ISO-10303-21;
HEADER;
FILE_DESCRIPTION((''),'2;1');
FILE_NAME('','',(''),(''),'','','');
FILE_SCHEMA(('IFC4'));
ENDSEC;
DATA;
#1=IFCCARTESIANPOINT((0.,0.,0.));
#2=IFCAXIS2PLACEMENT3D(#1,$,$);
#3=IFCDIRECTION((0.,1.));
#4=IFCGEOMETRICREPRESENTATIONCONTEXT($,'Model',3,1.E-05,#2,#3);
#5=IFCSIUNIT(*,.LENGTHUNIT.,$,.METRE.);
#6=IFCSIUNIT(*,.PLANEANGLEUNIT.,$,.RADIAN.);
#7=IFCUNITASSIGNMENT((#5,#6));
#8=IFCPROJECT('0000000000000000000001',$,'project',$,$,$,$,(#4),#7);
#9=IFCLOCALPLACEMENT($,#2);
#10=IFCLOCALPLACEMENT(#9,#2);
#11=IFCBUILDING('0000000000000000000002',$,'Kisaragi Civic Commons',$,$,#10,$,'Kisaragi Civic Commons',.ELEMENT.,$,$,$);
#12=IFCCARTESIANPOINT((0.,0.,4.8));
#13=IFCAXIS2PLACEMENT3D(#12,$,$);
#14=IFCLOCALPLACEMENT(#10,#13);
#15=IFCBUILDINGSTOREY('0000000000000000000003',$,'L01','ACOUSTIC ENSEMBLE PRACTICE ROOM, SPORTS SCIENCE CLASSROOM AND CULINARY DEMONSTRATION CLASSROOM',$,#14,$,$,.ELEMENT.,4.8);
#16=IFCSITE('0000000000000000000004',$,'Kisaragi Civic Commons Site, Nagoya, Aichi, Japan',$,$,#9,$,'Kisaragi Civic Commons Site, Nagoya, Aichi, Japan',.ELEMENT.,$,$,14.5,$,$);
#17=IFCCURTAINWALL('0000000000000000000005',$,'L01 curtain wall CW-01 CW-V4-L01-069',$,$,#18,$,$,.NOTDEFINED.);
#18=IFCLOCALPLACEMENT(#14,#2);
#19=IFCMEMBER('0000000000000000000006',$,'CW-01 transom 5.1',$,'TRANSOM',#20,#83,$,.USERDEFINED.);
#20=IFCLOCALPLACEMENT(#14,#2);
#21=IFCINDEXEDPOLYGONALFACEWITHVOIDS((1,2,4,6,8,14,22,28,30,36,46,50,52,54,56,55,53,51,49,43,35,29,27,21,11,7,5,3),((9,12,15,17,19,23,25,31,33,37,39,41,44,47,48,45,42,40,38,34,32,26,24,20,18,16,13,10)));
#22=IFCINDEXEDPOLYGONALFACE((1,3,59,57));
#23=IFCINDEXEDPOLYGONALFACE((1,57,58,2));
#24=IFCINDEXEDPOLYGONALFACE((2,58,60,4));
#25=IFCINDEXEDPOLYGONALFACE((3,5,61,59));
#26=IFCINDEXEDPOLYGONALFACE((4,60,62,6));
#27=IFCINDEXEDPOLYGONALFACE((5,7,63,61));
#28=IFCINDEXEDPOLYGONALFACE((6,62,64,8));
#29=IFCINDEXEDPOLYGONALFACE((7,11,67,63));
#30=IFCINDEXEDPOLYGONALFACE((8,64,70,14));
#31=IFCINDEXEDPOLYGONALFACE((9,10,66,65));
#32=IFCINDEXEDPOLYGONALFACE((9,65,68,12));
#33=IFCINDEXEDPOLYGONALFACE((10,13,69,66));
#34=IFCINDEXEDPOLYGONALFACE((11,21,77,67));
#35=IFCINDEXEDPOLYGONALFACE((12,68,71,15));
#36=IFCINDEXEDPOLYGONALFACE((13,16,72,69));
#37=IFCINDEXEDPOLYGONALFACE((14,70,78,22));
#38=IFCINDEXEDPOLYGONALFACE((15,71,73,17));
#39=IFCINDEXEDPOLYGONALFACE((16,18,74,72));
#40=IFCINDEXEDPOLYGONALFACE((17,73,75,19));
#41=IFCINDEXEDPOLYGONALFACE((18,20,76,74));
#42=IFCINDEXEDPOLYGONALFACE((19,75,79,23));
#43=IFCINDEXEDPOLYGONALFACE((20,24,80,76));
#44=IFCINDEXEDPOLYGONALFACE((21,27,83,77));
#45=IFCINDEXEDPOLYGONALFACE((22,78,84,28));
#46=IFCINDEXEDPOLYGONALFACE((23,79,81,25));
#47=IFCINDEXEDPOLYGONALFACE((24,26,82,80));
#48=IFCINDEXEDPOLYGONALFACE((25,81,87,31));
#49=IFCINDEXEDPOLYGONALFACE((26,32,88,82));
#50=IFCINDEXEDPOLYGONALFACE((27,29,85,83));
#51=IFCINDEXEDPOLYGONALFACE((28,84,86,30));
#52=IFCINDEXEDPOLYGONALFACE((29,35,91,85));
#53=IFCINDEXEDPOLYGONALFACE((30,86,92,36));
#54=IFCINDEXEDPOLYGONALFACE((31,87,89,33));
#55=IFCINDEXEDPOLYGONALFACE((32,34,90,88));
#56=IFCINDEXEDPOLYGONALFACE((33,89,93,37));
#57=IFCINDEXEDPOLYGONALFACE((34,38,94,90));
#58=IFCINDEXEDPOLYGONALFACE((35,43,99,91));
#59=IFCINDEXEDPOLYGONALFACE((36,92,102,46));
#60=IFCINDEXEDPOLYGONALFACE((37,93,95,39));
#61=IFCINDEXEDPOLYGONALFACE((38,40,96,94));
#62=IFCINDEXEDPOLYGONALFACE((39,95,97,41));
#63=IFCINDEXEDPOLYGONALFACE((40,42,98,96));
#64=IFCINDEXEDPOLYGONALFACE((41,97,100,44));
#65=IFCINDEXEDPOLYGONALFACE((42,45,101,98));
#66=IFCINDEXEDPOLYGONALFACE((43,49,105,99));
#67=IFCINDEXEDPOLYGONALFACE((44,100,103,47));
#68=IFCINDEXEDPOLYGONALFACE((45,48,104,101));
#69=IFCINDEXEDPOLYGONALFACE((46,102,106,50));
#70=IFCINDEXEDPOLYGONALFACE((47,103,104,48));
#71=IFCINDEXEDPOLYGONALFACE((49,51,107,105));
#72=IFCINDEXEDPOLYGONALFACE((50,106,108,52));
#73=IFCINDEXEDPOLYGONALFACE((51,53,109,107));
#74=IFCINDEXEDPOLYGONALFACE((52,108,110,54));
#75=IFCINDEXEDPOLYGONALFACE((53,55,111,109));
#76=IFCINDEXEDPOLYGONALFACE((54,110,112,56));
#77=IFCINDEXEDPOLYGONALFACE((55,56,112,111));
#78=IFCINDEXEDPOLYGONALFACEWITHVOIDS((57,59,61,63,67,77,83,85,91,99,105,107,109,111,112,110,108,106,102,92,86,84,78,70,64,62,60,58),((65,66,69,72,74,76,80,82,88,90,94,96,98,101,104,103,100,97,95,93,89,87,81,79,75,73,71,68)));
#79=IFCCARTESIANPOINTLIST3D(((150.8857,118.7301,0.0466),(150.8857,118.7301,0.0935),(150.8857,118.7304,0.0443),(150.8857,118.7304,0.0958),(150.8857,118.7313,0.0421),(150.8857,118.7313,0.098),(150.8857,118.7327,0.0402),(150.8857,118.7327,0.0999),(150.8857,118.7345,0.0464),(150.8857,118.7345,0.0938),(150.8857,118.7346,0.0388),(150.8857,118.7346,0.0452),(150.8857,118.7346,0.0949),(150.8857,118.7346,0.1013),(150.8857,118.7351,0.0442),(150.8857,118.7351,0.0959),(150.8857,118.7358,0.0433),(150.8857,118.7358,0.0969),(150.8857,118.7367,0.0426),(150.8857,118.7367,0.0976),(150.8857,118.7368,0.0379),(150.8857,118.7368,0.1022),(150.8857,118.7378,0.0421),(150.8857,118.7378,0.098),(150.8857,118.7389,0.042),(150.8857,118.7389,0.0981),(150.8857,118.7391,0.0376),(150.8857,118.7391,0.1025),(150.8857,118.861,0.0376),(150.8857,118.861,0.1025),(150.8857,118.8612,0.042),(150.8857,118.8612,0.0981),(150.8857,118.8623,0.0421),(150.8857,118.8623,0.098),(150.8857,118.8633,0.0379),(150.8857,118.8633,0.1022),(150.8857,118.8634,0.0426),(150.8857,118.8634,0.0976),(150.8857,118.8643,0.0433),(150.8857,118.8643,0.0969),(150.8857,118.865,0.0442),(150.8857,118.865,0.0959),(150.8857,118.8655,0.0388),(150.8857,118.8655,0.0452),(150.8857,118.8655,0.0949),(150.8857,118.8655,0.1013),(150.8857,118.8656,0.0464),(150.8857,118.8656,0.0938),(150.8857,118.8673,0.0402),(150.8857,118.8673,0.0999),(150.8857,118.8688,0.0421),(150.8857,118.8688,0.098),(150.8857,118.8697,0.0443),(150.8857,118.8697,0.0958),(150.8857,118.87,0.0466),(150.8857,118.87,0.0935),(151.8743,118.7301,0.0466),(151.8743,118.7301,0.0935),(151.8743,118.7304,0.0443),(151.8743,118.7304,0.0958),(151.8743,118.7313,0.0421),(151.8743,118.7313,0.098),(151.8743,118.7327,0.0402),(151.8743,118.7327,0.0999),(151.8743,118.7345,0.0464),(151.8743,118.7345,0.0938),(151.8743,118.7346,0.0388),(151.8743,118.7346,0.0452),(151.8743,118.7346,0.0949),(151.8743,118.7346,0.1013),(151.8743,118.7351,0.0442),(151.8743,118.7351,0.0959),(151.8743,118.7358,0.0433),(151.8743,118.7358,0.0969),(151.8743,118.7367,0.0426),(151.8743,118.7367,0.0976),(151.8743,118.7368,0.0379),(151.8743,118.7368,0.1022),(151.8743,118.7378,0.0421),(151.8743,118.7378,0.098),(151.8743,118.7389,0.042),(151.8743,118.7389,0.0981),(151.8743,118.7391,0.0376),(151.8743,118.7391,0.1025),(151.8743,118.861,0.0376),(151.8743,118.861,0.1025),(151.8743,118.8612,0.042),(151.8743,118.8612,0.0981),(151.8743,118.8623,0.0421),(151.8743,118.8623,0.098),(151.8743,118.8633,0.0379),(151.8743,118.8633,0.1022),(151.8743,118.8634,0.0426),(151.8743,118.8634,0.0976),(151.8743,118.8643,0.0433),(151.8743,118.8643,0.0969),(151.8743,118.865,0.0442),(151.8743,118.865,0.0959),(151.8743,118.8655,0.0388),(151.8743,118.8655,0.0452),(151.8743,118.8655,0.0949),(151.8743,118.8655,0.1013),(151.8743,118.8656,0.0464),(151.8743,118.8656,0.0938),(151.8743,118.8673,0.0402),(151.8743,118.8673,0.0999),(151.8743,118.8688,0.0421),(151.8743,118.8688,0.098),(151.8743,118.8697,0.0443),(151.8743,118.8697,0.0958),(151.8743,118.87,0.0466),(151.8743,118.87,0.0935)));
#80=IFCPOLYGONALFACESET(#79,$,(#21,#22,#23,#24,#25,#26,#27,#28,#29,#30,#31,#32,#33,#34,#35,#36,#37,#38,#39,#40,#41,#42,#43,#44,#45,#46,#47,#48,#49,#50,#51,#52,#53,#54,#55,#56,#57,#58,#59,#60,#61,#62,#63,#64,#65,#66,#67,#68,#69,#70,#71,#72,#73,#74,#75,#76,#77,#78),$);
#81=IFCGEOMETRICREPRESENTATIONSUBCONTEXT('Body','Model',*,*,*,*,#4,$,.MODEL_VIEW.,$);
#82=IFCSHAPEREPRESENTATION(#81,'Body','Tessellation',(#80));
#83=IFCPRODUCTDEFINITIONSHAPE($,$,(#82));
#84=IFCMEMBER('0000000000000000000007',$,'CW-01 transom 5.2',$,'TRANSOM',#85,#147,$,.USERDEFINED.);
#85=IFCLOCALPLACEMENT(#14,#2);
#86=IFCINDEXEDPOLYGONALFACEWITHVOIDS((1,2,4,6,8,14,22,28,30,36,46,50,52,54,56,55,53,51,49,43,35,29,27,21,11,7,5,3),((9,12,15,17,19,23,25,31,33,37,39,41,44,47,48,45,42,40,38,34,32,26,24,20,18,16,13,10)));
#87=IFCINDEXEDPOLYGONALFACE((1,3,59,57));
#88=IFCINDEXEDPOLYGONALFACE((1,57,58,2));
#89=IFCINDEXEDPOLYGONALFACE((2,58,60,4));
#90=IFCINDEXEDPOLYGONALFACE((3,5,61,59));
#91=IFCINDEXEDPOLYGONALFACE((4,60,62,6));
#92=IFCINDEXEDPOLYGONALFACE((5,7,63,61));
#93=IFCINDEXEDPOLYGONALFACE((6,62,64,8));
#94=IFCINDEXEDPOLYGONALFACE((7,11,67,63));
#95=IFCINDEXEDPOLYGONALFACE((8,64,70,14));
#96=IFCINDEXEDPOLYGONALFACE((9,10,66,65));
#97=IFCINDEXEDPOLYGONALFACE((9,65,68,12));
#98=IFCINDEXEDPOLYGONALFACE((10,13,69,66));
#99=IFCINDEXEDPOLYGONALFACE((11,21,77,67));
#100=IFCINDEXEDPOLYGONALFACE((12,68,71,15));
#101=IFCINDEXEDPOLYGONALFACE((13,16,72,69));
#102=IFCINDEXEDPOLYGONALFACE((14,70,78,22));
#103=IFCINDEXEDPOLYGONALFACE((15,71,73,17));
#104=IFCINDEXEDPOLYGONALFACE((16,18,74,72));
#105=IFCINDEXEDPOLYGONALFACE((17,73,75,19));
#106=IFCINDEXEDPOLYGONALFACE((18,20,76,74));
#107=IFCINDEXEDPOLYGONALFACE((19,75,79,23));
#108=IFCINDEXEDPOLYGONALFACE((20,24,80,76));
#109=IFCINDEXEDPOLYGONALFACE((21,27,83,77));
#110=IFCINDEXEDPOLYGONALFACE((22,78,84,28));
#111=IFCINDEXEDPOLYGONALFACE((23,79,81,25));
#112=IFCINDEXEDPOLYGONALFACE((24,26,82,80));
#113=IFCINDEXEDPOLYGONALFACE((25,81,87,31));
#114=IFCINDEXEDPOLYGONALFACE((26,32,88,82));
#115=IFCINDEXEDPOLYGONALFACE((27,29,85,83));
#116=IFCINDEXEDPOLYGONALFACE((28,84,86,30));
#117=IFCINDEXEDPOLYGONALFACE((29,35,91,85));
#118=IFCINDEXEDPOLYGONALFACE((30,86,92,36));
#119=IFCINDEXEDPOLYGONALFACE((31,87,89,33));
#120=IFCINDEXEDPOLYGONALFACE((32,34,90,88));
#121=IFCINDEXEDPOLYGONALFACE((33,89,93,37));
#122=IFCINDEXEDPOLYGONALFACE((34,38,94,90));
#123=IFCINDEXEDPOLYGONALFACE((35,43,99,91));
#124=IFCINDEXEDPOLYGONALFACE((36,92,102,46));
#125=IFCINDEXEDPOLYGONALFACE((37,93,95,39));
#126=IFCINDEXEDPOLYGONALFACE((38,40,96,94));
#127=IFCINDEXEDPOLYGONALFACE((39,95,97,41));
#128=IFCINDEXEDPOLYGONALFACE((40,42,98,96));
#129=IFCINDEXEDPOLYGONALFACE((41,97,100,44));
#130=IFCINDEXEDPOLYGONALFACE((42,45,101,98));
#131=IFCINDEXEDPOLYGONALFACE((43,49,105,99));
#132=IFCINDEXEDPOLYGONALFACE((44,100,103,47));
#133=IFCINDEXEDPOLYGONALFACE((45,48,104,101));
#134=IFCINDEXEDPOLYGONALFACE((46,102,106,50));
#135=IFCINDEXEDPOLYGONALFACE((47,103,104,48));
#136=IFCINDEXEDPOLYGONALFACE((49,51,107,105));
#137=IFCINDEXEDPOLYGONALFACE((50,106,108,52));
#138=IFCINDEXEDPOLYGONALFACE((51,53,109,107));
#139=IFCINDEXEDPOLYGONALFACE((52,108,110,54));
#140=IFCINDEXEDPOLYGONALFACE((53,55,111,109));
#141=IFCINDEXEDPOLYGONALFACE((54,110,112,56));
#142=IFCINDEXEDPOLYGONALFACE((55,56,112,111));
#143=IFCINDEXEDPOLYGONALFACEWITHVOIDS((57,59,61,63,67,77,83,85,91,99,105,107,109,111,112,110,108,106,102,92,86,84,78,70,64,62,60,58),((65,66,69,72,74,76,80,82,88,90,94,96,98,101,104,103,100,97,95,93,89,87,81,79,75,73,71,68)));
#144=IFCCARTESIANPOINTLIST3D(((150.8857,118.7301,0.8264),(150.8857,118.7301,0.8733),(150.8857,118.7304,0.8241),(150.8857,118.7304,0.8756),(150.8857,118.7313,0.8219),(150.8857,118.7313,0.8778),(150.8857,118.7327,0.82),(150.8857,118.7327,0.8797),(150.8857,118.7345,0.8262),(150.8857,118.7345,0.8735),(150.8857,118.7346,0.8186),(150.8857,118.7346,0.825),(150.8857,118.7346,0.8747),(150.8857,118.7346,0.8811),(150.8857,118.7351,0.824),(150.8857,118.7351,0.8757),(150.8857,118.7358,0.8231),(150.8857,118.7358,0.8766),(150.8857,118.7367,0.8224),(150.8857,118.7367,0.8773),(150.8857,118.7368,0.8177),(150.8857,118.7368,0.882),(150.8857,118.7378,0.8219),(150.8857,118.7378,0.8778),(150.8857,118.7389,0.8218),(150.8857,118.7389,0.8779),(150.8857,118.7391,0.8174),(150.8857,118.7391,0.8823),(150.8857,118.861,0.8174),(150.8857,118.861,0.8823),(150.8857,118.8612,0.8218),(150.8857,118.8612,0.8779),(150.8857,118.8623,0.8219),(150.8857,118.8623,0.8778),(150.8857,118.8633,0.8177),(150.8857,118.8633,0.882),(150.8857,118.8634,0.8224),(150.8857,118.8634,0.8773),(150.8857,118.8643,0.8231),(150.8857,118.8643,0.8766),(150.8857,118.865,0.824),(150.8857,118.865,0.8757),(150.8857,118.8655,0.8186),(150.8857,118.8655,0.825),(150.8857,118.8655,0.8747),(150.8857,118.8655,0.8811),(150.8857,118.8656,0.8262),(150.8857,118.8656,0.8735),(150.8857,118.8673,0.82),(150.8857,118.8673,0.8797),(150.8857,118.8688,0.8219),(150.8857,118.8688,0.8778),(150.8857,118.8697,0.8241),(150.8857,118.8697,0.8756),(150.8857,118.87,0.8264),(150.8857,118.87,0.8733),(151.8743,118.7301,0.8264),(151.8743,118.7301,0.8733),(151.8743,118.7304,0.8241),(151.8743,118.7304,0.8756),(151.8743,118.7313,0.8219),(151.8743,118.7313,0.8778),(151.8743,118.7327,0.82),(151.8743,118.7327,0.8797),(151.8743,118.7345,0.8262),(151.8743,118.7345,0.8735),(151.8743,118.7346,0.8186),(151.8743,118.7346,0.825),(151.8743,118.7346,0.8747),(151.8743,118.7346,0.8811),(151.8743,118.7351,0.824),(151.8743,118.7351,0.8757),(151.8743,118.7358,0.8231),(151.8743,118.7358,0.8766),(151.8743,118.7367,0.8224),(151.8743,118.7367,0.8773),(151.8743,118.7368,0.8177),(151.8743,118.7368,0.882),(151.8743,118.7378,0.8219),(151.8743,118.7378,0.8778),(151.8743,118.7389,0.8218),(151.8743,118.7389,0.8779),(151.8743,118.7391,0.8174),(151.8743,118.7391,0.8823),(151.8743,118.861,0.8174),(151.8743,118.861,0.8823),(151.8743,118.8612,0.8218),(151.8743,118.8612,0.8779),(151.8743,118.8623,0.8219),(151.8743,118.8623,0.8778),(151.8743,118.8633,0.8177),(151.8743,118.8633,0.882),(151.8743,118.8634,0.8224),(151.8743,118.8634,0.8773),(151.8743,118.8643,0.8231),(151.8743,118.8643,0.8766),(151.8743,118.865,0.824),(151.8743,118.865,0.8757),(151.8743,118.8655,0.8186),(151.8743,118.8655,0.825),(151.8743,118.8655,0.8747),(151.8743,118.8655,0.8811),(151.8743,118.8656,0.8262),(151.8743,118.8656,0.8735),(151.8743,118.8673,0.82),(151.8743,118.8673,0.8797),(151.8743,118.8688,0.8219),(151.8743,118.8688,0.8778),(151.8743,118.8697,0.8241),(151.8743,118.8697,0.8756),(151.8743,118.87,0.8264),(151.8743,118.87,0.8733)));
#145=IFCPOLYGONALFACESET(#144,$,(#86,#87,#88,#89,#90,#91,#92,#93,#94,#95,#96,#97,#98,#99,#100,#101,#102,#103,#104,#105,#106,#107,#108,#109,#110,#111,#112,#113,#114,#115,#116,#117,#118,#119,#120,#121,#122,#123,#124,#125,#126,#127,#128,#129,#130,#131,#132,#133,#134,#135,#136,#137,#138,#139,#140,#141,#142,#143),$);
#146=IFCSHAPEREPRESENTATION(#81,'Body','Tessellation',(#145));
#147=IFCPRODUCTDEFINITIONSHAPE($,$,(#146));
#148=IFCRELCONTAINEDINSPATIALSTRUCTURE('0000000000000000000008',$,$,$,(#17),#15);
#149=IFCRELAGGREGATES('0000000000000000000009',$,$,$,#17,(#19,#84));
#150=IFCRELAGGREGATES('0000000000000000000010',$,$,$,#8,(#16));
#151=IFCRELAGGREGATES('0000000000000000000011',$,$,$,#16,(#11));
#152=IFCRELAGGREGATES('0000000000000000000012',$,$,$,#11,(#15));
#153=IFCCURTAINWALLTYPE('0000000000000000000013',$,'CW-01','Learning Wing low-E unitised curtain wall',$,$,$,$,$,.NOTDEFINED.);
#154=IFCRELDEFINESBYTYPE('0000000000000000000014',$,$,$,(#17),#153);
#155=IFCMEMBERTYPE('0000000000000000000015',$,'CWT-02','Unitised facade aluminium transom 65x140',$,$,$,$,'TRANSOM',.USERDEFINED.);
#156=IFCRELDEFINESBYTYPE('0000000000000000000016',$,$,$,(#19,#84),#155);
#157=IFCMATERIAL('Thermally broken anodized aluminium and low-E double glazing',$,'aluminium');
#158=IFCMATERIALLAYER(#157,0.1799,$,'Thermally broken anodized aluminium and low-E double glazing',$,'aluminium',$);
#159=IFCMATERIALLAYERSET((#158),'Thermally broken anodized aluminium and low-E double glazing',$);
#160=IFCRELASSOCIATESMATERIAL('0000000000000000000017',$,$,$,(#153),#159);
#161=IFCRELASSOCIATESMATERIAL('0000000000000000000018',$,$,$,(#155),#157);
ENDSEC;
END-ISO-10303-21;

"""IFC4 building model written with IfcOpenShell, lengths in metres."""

from ifc_helpers import new_model, si_unit, direction, frame, origin, origin_2d, place, context, subcontext, project, spatial, hollow_rectangle, extrude, material, layer, layer_set, material_profile, profile_set, type_object, element, aggregate, save


model = new_model("IFC4")

# Units and contexts
model_context = context("Model", 3, precision=1e-05, world=origin(), true_north=direction((0.0, 1.0)))
body_context = subcontext(model_context, "Body", "Model", "MODEL_VIEW")
ifc_project = project(units=[si_unit("LENGTHUNIT", "METRE"), si_unit("PLANEANGLEUNIT", "RADIAN")], contexts=[model_context])

# Site, building, storey
site_placement = place(None, origin())
site = spatial("IfcSite", under=ifc_project, at=site_placement, Name="Kisaragi Civic Commons Site, Nagoya, Aichi, Japan", LongName="Kisaragi Civic Commons Site, Nagoya, Aichi, Japan", CompositionType="ELEMENT", RefElevation=14.5)
building_placement = place(site_placement, origin())
building = spatial("IfcBuilding", under=site, at=building_placement, Name="Kisaragi Civic Commons", LongName="Kisaragi Civic Commons", CompositionType="ELEMENT")
storey_placement = place(building_placement, frame((0.0, 0.0, 4.8)))
storey = spatial("IfcBuildingStorey", under=building, at=storey_placement, Name="L01", Description="ACOUSTIC ENSEMBLE PRACTICE ROOM, SPORTS SCIENCE CLASSROOM AND CULINARY DEMONSTRATION CLASSROOM", CompositionType="ELEMENT", Elevation=4.8)

# Curtain wall, members
ifc_material = material(Name="Thermally broken anodized aluminium and low-E double glazing", Category="aluminium")
ifc_layer_1 = layer(ifc_material, 0.1799, Name="Thermally broken anodized aluminium and low-E double glazing", Category="aluminium")
ifc_layer_set_1 = layer_set([ifc_layer_1], Name="Thermally broken anodized aluminium and low-E double glazing")
curtain_wall_type = type_object("IfcCurtainWallType", Name="CW-01", Description="Learning Wing low-E unitised curtain wall", PredefinedType="NOTDEFINED", material=ifc_layer_set_1)
curtain_wall_placement = place(storey_placement, origin())
curtain_wall = element("IfcCurtainWall", 1, at=curtain_wall_placement, inside=storey, type_object=curtain_wall_type, Name="L01 curtain wall CW-01 CW-V4-L01-069", PredefinedType="NOTDEFINED")
ifc_material_profile_1 = material_profile(ifc_material, hollow_rectangle(XDim=0.1399, YDim=0.0649, WallThickness=0.0044, InnerFilletRadius=0.0044, OuterFilletRadius=0.009, at=origin_2d()), Name="CWT-65x140x4.5", Category="aluminium")
ifc_profile_set_1 = profile_set([ifc_material_profile_1], Name="Thermally broken anodized aluminium and low-E double glazing")
member_type_1 = type_object("IfcMemberType", Name="CWT-02", Description="Unitised facade aluminium transom 65x140", ElementType="TRANSOM", PredefinedType="USERDEFINED", material=ifc_profile_set_1)
member_1_placement = place(storey_placement, frame((150.8857, 118.8, 0.0701), z_axis=(1.0, 0.0, 0.0), x_axis=(0.0, 1.0, 0.0)))
member_1 = element("IfcMember", 2, at=member_1_placement, type_object=member_type_1, Name="CW-01 transom 5.1", ObjectType="TRANSOM", PredefinedType="USERDEFINED", context=body_context, shape_type="SweptSolid", body=[
    extrude(hollow_rectangle(XDim=0.1399, YDim=0.0649, WallThickness=0.0044, InnerFilletRadius=0.0044, OuterFilletRadius=0.009, at=origin_2d()), origin(), (0.0, 0.0, 1.0), 0.9885),
])
member_2_placement = place(storey_placement, frame((150.8857, 118.8, 0.8499), z_axis=(1.0, 0.0, 0.0), x_axis=(0.0, 1.0, 0.0)))
member_2 = element("IfcMember", 3, at=member_2_placement, type_object=member_type_1, Name="CW-01 transom 5.2", ObjectType="TRANSOM", PredefinedType="USERDEFINED", context=body_context, shape_type="SweptSolid", body=[
    extrude(hollow_rectangle(XDim=0.1399, YDim=0.0649, WallThickness=0.0044, InnerFilletRadius=0.0044, OuterFilletRadius=0.009, at=origin_2d()), origin(), (0.0, 0.0, 1.0), 0.9885),
])
aggregate(curtain_wall, [member_1, member_2])

save(model, "model.ifc")
